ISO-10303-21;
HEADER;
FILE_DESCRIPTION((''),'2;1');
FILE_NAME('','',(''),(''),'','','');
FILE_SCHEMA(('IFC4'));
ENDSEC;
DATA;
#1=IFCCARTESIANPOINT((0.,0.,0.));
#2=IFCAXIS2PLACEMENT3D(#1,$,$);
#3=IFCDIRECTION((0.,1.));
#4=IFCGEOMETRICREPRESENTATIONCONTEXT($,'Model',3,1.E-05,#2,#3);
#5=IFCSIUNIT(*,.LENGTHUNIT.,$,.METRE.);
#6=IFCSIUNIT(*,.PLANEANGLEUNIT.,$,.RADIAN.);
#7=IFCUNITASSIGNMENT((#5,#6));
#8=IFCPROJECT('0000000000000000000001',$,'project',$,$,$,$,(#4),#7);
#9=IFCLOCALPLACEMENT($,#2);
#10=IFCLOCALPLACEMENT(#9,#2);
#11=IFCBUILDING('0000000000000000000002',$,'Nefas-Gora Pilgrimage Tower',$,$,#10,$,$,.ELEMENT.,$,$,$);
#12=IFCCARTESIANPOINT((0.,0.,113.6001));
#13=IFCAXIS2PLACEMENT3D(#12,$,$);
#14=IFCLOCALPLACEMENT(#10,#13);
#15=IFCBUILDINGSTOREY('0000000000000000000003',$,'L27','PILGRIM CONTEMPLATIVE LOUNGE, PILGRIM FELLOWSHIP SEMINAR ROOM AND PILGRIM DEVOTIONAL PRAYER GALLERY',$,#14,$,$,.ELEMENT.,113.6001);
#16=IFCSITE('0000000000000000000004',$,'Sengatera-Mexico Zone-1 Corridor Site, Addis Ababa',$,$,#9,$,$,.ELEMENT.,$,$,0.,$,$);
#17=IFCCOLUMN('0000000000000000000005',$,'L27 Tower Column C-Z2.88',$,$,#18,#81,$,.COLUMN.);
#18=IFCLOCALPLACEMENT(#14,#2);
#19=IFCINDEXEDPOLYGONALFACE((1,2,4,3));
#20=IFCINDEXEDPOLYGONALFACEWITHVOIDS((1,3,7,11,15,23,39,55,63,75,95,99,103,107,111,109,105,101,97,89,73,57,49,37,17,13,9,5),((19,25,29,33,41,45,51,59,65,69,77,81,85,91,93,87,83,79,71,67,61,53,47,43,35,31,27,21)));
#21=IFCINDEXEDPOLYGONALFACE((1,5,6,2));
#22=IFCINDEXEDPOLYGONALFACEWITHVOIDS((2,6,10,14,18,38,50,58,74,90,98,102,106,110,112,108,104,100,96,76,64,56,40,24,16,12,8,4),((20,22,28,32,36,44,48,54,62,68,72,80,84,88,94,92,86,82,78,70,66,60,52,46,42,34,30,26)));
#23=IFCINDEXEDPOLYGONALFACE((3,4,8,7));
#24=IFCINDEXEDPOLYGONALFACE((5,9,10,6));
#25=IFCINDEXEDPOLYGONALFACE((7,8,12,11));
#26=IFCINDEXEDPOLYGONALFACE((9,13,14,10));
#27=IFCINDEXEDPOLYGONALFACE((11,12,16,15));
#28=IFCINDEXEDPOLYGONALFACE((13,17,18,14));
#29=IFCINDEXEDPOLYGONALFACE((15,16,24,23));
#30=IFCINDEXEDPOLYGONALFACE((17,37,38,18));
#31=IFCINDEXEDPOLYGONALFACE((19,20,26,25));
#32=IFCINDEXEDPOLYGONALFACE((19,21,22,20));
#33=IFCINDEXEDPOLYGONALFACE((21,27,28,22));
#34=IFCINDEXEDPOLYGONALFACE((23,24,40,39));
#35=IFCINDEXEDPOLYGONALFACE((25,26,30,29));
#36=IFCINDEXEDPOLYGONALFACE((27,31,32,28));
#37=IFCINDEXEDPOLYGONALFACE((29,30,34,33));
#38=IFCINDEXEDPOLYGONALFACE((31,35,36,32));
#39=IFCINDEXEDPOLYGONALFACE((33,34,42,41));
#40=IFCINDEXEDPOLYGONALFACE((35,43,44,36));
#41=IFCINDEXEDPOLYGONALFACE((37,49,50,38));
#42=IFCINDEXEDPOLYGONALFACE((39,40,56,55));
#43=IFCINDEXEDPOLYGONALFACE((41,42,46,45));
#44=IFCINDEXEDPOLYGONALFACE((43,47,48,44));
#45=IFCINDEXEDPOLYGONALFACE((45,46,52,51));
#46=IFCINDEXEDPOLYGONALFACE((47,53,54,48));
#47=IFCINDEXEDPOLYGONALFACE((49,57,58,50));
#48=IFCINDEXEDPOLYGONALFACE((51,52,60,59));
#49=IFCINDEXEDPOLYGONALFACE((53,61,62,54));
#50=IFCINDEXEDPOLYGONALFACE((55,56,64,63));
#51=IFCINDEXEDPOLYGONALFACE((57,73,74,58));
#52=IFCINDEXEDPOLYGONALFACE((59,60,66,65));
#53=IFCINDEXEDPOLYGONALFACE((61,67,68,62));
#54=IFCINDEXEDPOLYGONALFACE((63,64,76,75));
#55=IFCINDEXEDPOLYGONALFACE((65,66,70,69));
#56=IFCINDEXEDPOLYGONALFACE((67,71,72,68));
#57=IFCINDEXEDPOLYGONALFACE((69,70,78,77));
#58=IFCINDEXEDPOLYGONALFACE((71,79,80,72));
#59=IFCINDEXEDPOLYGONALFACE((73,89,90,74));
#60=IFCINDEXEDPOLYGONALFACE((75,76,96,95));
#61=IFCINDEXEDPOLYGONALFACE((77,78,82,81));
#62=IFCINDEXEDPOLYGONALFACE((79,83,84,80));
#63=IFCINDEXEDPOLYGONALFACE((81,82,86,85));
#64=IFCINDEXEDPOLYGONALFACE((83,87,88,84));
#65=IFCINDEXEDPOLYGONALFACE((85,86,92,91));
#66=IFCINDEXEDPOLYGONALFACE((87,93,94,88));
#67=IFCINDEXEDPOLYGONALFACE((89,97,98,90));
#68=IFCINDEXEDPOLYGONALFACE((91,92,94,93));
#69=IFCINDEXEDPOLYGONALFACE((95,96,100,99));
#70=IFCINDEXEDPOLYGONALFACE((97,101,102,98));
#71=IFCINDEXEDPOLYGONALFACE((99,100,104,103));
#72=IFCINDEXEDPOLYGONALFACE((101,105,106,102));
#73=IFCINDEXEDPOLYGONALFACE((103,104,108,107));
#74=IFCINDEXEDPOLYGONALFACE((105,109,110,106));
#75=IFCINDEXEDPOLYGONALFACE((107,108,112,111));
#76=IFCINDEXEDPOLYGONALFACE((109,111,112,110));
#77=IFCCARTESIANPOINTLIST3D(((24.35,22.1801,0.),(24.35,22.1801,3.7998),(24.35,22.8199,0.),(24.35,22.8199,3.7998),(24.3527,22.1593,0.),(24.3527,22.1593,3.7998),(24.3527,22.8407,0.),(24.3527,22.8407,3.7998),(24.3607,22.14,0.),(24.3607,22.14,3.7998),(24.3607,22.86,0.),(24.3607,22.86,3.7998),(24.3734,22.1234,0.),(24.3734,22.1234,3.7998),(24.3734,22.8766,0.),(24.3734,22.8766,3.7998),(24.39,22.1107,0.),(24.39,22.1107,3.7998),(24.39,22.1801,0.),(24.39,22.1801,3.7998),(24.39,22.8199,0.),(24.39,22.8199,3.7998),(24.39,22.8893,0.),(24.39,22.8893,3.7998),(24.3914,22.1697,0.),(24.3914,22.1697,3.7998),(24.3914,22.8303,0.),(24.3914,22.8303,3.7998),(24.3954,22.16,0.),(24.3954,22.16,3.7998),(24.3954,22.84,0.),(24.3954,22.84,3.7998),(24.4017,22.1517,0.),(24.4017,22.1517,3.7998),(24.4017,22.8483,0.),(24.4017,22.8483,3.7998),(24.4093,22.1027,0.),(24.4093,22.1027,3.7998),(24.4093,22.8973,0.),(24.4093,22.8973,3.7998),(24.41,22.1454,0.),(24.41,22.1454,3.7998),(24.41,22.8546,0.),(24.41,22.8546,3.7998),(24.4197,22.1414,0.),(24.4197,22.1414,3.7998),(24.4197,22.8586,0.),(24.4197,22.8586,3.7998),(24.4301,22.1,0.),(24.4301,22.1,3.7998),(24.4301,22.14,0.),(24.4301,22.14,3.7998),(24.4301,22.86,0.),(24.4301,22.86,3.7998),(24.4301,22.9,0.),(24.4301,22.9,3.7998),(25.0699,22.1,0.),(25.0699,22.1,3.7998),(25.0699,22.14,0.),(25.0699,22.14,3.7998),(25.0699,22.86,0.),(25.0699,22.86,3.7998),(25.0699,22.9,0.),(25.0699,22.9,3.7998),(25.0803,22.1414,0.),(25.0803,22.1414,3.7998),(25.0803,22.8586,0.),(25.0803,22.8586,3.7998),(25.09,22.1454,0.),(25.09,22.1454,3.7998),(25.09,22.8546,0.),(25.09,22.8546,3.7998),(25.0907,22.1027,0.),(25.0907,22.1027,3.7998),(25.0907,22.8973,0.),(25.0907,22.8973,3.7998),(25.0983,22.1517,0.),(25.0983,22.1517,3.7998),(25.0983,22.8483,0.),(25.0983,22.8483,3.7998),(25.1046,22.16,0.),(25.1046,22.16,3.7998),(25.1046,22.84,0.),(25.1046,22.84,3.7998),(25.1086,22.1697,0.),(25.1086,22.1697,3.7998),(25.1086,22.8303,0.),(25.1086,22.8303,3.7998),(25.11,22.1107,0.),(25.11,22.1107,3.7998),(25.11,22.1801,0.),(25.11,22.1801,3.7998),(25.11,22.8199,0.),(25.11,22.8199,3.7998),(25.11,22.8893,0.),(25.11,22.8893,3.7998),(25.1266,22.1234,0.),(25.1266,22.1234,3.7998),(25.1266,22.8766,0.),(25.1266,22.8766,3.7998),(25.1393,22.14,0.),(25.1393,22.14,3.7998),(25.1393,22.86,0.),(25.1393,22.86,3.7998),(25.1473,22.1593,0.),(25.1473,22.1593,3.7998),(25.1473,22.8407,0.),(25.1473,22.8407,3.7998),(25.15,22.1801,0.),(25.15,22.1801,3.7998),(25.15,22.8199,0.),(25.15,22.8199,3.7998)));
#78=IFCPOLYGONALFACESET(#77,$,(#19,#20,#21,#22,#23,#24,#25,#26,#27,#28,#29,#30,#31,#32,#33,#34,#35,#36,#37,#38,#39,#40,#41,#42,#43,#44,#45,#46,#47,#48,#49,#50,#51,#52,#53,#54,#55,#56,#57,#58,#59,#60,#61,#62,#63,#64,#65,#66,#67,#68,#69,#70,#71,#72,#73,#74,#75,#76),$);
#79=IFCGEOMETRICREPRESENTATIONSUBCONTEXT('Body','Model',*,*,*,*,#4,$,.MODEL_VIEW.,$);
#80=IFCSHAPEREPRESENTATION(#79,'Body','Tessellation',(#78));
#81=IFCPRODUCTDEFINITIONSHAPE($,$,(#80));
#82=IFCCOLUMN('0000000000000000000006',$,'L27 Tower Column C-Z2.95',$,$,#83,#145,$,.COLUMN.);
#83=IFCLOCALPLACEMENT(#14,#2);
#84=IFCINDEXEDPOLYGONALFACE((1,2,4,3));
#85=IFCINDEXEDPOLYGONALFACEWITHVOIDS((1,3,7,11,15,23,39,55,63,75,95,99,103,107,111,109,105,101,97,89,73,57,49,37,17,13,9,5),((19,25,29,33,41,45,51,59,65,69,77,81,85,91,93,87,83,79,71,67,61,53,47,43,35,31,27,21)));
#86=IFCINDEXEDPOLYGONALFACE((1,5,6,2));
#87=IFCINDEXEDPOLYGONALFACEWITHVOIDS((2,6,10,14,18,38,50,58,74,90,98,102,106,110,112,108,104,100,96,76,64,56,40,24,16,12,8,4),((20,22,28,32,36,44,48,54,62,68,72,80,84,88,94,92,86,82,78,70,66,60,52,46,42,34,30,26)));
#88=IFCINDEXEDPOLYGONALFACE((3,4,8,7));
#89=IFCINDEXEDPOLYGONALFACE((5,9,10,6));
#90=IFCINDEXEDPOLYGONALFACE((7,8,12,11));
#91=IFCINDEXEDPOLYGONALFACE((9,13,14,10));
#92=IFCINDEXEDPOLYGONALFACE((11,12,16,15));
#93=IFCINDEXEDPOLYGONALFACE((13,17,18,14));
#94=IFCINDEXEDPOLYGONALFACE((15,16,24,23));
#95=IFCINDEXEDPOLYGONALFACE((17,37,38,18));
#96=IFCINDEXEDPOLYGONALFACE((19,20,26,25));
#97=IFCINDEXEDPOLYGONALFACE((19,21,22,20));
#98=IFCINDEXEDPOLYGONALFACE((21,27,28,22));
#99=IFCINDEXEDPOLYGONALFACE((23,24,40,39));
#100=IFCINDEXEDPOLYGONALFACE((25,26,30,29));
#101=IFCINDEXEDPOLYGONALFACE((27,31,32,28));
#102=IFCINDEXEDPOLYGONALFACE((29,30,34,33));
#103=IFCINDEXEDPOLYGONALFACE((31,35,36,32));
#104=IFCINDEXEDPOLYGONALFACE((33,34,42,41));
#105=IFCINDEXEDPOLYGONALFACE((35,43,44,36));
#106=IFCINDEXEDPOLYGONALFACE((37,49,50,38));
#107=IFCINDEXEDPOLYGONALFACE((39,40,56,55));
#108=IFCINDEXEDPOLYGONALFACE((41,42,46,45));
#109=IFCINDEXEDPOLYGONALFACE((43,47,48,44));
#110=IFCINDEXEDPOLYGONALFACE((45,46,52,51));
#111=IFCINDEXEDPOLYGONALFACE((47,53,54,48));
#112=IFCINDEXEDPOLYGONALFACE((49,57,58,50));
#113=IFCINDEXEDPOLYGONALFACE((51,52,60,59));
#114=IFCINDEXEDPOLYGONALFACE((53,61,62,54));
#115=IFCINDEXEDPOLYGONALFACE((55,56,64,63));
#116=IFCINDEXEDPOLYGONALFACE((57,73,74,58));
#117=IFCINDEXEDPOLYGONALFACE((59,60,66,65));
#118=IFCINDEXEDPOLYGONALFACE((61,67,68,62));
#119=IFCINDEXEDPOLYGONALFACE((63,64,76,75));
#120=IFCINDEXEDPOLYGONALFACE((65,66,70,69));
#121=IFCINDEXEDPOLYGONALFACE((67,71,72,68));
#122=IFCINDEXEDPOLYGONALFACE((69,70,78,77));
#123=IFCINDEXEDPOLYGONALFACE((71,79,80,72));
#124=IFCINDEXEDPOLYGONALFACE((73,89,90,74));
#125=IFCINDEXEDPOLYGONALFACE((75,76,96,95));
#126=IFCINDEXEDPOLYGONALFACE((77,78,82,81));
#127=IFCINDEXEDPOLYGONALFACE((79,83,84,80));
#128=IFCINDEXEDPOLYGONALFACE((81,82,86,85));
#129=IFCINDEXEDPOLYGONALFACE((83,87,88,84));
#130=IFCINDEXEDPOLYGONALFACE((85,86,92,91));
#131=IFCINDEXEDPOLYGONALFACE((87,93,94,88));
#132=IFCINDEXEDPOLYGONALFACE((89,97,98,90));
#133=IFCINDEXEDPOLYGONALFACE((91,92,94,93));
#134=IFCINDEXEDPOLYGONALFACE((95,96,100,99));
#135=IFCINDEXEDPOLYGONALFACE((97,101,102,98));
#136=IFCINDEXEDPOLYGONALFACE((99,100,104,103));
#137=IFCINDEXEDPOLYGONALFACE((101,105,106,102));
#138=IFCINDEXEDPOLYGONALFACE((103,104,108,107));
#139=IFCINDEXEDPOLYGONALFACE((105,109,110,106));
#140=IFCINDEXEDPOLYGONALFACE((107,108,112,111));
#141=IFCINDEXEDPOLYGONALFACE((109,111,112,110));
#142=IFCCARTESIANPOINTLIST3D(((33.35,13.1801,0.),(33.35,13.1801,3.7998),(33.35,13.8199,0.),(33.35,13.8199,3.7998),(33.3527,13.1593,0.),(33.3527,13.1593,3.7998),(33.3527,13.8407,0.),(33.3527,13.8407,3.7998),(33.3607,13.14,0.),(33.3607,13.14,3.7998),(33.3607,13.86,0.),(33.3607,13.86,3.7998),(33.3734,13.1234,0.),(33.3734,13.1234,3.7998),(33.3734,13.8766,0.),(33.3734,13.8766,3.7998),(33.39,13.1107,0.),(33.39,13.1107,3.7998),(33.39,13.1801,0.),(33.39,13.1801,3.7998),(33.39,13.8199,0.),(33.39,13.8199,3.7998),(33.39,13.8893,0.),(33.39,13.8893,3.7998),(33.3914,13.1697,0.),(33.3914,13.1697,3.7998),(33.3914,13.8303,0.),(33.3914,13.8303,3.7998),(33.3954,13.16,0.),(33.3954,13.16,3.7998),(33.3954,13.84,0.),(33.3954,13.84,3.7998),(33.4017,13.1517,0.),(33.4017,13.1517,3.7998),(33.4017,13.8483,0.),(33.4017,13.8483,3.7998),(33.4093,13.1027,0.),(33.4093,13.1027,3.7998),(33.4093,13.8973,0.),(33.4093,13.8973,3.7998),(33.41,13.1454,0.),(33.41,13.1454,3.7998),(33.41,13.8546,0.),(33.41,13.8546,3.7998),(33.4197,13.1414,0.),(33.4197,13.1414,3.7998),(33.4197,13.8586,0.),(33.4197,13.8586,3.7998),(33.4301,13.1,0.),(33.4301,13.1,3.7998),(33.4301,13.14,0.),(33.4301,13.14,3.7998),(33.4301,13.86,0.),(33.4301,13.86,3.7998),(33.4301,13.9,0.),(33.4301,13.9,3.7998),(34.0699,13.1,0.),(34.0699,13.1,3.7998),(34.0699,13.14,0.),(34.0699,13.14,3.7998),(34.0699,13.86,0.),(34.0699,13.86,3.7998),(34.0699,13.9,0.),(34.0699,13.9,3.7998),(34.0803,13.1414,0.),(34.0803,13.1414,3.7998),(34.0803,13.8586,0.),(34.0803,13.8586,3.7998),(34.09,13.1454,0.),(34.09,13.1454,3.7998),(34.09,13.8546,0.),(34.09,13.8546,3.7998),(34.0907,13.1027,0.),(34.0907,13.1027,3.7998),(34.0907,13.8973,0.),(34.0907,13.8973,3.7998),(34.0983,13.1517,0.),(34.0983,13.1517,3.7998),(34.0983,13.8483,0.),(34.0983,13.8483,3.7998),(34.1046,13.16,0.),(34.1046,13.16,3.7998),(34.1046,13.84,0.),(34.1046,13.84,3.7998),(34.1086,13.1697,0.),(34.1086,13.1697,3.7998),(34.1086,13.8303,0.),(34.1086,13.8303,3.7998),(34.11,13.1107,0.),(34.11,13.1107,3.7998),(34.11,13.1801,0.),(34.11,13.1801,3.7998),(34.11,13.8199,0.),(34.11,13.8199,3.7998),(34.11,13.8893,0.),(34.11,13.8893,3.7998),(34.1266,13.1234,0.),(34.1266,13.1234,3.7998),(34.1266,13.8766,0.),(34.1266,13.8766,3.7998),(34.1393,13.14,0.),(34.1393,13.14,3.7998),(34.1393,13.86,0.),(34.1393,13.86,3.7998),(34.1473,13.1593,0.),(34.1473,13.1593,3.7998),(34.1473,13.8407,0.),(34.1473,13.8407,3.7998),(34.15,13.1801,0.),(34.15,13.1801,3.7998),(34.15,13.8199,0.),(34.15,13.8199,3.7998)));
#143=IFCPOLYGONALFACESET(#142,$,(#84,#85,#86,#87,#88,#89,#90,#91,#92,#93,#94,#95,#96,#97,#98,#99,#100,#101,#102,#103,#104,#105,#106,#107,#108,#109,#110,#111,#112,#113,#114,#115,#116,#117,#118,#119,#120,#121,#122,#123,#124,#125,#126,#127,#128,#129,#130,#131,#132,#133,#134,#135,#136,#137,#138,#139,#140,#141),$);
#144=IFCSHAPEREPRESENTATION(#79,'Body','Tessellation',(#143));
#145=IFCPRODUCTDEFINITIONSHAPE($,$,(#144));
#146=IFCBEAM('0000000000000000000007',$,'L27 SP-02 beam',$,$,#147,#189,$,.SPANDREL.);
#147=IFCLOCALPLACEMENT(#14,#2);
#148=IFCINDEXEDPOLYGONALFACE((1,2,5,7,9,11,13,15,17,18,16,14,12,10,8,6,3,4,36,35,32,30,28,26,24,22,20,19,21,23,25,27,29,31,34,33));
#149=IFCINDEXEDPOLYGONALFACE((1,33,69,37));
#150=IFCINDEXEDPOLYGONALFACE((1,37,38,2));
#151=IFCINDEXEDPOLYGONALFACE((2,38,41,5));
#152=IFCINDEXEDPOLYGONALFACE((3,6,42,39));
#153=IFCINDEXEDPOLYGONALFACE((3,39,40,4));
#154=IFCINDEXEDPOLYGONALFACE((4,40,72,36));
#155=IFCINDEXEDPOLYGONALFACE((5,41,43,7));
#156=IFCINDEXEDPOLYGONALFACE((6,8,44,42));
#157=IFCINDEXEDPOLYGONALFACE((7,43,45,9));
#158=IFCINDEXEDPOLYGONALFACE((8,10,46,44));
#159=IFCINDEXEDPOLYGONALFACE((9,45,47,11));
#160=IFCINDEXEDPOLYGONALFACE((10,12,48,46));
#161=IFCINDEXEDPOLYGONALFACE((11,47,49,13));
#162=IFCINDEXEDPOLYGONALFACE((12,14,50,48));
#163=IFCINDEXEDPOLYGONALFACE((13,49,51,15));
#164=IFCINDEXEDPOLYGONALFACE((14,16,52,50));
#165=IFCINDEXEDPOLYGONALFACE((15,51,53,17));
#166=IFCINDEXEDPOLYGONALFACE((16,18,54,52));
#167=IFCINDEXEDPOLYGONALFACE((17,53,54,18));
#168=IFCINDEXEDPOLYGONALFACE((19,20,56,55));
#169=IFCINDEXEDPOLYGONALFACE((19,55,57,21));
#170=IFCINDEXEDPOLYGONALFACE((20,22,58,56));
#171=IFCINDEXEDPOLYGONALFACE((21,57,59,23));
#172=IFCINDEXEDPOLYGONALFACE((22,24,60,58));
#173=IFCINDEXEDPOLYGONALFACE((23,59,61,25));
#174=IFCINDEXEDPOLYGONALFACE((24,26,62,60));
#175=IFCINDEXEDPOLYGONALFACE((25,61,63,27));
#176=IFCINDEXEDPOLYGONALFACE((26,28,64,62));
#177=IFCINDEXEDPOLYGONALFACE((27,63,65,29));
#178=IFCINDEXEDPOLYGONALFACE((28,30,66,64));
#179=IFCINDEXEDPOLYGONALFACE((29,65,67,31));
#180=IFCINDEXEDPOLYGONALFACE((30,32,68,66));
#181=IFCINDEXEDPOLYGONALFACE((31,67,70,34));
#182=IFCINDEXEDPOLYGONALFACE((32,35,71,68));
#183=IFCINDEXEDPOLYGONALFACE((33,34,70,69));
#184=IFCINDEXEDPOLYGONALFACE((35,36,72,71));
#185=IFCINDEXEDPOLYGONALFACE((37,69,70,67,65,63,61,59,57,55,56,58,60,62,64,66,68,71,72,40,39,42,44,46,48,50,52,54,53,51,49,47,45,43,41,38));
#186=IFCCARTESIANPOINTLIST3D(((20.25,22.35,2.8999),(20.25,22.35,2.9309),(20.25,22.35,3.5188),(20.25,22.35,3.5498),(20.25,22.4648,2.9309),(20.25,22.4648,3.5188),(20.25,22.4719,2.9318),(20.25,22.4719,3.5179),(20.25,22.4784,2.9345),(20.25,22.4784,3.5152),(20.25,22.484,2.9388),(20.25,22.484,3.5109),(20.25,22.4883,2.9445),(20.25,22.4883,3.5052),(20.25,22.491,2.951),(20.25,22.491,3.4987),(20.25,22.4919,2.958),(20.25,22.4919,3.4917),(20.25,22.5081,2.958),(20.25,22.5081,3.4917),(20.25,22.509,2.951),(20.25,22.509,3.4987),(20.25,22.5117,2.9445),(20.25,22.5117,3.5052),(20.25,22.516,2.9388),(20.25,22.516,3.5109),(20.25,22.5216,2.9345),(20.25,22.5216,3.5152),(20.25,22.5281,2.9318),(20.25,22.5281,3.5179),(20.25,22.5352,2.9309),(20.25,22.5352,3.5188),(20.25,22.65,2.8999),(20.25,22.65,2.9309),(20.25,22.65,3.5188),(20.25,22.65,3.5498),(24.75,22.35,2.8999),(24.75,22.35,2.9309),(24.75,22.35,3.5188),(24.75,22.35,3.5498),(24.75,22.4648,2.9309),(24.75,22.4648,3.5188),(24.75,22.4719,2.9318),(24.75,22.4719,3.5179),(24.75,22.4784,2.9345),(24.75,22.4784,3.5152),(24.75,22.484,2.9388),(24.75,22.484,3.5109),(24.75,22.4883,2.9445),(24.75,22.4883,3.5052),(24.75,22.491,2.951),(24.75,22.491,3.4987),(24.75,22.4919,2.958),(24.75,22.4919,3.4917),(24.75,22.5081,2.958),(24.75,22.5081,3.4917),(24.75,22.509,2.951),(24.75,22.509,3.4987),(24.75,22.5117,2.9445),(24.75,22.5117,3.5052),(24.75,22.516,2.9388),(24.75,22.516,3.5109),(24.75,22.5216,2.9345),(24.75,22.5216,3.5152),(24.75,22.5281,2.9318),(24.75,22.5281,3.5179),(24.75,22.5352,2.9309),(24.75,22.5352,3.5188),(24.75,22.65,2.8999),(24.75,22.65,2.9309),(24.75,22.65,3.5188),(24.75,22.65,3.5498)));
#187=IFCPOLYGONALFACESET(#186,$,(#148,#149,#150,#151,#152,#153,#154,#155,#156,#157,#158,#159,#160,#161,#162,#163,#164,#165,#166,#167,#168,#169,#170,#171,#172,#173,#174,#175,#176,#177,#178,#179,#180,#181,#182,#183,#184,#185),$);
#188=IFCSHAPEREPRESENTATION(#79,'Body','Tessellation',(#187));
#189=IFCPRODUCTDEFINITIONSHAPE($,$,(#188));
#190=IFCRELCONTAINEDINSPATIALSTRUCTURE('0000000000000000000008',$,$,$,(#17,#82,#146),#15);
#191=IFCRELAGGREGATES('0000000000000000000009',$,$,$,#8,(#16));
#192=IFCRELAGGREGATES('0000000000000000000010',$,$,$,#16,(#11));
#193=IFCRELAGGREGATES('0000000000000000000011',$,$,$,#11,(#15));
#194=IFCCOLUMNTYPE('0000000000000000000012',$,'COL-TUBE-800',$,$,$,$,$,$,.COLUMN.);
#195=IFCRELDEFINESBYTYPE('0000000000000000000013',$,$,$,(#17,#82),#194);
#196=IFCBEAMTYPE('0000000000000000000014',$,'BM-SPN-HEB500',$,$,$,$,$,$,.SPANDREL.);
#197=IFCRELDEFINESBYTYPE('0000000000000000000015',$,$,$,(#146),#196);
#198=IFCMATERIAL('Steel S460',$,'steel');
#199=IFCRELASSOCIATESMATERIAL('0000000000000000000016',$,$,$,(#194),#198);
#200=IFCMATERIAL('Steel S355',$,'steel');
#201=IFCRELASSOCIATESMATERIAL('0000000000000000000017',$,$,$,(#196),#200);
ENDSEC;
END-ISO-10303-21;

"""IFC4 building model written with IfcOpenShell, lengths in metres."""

from ifc_helpers import new_model, si_unit, direction, frame, origin, origin_2d, place, context, subcontext, project, spatial, hollow_rectangle, i_section, extrude, source, transform, mapped, material, material_profile, profile_set, type_object, element, save


model = new_model("IFC4")

# Units and contexts
model_context = context("Model", 3, precision=1e-05, world=origin(), true_north=direction((0.0, 1.0)))
body_context = subcontext(model_context, "Body", "Model", "MODEL_VIEW")
ifc_project = project(units=[si_unit("LENGTHUNIT", "METRE"), si_unit("PLANEANGLEUNIT", "RADIAN")], contexts=[model_context])

# Site, building, storey
site_placement = place(None, origin())
site = spatial("IfcSite", under=ifc_project, at=site_placement, Name="Sengatera-Mexico Zone-1 Corridor Site, Addis Ababa", CompositionType="ELEMENT", RefElevation=0.0)
building_placement = place(site_placement, origin())
building = spatial("IfcBuilding", under=site, at=building_placement, Name="Nefas-Gora Pilgrimage Tower", CompositionType="ELEMENT")
storey_placement = place(building_placement, frame((0.0, 0.0, 113.6001)))
storey = spatial("IfcBuildingStorey", under=building, at=storey_placement, Name="L27", Description="PILGRIM CONTEMPLATIVE LOUNGE, PILGRIM FELLOWSHIP SEMINAR ROOM AND PILGRIM DEVOTIONAL PRAYER GALLERY", CompositionType="ELEMENT", Elevation=113.6001)

# Columns
ifc_material_1 = material(Name="Steel S460", Category="steel")
ifc_material_profile_1 = material_profile(ifc_material_1, hollow_rectangle(XDim=0.8, YDim=0.8, WallThickness=0.04, InnerFilletRadius=0.04, OuterFilletRadius=0.0801, at=origin_2d()), Name="BOX 800x800x40")
ifc_profile_set_1 = profile_set([ifc_material_profile_1], Name="Steel S460")
column_type_1 = type_object("IfcColumnType", Name="COL-TUBE-800", PredefinedType="COLUMN", material=ifc_profile_set_1)
shared_shape_1 = source(origin(), body_context, "Body", "SweptSolid", [
    extrude(hollow_rectangle(XDim=0.8, YDim=0.8, WallThickness=0.04, InnerFilletRadius=0.04, OuterFilletRadius=0.0801, at=origin_2d()), origin(), (0.0, 0.0, 1.0), 3.7998),
])
for number, where, z_axis, x_axis, name in (
    (1, (24.75, 22.5, 0.0), (0.0, 0.0, 1.0), (1.0, 0.0, 0.0), "L27 Tower Column C-Z2.88"),
    (2, (33.75, 13.5, 0.0), (0.0, 0.0, 1.0), (1.0, 0.0, 0.0), "L27 Tower Column C-Z2.95"),
):
    element("IfcColumn", number, at=place(storey_placement, frame(where, z_axis=z_axis, x_axis=x_axis)), inside=storey, type_object=column_type_1, Name=name, PredefinedType="COLUMN", context=body_context, shape_type="MappedRepresentation", body=[
        mapped(shared_shape_1, transform((0.0, 0.0, 0.0), x_axis=(1.0, 0.0, 0.0), y_axis=(0.0, 1.0, 0.0), z_axis=(0.0, 0.0, 1.0), scale=1.0)),
    ])

# Beam
ifc_material_2 = material(Name="Steel S355", Category="steel")
ifc_material_profile_2 = material_profile(ifc_material_2, i_section(OverallWidth=0.3, OverallDepth=0.6499, WebThickness=0.0161, FlangeThickness=0.031, FilletRadius=0.0271, at=origin_2d()), Name="HEB 650")
ifc_profile_set_2 = profile_set([ifc_material_profile_2], Name="Steel S355")
beam_type_1 = type_object("IfcBeamType", Name="BM-SPN-HEB500", PredefinedType="SPANDREL", material=ifc_profile_set_2)
shared_shape_2 = source(origin(), body_context, "Body", "SweptSolid", [
    extrude(i_section(OverallWidth=0.3, OverallDepth=0.6499, WebThickness=0.0161, FlangeThickness=0.031, FilletRadius=0.0271, at=origin_2d()), origin(), (0.0, 0.0, 1.0), 4.5),
])
beam_1_placement = place(storey_placement, frame((20.25, 22.5, 3.2249), z_axis=(1.0, 0.0, 0.0), x_axis=(0.0, 1.0, 0.0)))
element("IfcBeam", 3, at=beam_1_placement, inside=storey, type_object=beam_type_1, Name="L27 SP-02 beam", PredefinedType="SPANDREL", context=body_context, shape_type="MappedRepresentation", body=[
    mapped(shared_shape_2, transform((0.0, 0.0, 0.0), x_axis=(1.0, 0.0, 0.0), y_axis=(0.0, 1.0, 0.0), z_axis=(0.0, 0.0, 1.0), scale=1.0)),
])

save(model, "model.ifc")
